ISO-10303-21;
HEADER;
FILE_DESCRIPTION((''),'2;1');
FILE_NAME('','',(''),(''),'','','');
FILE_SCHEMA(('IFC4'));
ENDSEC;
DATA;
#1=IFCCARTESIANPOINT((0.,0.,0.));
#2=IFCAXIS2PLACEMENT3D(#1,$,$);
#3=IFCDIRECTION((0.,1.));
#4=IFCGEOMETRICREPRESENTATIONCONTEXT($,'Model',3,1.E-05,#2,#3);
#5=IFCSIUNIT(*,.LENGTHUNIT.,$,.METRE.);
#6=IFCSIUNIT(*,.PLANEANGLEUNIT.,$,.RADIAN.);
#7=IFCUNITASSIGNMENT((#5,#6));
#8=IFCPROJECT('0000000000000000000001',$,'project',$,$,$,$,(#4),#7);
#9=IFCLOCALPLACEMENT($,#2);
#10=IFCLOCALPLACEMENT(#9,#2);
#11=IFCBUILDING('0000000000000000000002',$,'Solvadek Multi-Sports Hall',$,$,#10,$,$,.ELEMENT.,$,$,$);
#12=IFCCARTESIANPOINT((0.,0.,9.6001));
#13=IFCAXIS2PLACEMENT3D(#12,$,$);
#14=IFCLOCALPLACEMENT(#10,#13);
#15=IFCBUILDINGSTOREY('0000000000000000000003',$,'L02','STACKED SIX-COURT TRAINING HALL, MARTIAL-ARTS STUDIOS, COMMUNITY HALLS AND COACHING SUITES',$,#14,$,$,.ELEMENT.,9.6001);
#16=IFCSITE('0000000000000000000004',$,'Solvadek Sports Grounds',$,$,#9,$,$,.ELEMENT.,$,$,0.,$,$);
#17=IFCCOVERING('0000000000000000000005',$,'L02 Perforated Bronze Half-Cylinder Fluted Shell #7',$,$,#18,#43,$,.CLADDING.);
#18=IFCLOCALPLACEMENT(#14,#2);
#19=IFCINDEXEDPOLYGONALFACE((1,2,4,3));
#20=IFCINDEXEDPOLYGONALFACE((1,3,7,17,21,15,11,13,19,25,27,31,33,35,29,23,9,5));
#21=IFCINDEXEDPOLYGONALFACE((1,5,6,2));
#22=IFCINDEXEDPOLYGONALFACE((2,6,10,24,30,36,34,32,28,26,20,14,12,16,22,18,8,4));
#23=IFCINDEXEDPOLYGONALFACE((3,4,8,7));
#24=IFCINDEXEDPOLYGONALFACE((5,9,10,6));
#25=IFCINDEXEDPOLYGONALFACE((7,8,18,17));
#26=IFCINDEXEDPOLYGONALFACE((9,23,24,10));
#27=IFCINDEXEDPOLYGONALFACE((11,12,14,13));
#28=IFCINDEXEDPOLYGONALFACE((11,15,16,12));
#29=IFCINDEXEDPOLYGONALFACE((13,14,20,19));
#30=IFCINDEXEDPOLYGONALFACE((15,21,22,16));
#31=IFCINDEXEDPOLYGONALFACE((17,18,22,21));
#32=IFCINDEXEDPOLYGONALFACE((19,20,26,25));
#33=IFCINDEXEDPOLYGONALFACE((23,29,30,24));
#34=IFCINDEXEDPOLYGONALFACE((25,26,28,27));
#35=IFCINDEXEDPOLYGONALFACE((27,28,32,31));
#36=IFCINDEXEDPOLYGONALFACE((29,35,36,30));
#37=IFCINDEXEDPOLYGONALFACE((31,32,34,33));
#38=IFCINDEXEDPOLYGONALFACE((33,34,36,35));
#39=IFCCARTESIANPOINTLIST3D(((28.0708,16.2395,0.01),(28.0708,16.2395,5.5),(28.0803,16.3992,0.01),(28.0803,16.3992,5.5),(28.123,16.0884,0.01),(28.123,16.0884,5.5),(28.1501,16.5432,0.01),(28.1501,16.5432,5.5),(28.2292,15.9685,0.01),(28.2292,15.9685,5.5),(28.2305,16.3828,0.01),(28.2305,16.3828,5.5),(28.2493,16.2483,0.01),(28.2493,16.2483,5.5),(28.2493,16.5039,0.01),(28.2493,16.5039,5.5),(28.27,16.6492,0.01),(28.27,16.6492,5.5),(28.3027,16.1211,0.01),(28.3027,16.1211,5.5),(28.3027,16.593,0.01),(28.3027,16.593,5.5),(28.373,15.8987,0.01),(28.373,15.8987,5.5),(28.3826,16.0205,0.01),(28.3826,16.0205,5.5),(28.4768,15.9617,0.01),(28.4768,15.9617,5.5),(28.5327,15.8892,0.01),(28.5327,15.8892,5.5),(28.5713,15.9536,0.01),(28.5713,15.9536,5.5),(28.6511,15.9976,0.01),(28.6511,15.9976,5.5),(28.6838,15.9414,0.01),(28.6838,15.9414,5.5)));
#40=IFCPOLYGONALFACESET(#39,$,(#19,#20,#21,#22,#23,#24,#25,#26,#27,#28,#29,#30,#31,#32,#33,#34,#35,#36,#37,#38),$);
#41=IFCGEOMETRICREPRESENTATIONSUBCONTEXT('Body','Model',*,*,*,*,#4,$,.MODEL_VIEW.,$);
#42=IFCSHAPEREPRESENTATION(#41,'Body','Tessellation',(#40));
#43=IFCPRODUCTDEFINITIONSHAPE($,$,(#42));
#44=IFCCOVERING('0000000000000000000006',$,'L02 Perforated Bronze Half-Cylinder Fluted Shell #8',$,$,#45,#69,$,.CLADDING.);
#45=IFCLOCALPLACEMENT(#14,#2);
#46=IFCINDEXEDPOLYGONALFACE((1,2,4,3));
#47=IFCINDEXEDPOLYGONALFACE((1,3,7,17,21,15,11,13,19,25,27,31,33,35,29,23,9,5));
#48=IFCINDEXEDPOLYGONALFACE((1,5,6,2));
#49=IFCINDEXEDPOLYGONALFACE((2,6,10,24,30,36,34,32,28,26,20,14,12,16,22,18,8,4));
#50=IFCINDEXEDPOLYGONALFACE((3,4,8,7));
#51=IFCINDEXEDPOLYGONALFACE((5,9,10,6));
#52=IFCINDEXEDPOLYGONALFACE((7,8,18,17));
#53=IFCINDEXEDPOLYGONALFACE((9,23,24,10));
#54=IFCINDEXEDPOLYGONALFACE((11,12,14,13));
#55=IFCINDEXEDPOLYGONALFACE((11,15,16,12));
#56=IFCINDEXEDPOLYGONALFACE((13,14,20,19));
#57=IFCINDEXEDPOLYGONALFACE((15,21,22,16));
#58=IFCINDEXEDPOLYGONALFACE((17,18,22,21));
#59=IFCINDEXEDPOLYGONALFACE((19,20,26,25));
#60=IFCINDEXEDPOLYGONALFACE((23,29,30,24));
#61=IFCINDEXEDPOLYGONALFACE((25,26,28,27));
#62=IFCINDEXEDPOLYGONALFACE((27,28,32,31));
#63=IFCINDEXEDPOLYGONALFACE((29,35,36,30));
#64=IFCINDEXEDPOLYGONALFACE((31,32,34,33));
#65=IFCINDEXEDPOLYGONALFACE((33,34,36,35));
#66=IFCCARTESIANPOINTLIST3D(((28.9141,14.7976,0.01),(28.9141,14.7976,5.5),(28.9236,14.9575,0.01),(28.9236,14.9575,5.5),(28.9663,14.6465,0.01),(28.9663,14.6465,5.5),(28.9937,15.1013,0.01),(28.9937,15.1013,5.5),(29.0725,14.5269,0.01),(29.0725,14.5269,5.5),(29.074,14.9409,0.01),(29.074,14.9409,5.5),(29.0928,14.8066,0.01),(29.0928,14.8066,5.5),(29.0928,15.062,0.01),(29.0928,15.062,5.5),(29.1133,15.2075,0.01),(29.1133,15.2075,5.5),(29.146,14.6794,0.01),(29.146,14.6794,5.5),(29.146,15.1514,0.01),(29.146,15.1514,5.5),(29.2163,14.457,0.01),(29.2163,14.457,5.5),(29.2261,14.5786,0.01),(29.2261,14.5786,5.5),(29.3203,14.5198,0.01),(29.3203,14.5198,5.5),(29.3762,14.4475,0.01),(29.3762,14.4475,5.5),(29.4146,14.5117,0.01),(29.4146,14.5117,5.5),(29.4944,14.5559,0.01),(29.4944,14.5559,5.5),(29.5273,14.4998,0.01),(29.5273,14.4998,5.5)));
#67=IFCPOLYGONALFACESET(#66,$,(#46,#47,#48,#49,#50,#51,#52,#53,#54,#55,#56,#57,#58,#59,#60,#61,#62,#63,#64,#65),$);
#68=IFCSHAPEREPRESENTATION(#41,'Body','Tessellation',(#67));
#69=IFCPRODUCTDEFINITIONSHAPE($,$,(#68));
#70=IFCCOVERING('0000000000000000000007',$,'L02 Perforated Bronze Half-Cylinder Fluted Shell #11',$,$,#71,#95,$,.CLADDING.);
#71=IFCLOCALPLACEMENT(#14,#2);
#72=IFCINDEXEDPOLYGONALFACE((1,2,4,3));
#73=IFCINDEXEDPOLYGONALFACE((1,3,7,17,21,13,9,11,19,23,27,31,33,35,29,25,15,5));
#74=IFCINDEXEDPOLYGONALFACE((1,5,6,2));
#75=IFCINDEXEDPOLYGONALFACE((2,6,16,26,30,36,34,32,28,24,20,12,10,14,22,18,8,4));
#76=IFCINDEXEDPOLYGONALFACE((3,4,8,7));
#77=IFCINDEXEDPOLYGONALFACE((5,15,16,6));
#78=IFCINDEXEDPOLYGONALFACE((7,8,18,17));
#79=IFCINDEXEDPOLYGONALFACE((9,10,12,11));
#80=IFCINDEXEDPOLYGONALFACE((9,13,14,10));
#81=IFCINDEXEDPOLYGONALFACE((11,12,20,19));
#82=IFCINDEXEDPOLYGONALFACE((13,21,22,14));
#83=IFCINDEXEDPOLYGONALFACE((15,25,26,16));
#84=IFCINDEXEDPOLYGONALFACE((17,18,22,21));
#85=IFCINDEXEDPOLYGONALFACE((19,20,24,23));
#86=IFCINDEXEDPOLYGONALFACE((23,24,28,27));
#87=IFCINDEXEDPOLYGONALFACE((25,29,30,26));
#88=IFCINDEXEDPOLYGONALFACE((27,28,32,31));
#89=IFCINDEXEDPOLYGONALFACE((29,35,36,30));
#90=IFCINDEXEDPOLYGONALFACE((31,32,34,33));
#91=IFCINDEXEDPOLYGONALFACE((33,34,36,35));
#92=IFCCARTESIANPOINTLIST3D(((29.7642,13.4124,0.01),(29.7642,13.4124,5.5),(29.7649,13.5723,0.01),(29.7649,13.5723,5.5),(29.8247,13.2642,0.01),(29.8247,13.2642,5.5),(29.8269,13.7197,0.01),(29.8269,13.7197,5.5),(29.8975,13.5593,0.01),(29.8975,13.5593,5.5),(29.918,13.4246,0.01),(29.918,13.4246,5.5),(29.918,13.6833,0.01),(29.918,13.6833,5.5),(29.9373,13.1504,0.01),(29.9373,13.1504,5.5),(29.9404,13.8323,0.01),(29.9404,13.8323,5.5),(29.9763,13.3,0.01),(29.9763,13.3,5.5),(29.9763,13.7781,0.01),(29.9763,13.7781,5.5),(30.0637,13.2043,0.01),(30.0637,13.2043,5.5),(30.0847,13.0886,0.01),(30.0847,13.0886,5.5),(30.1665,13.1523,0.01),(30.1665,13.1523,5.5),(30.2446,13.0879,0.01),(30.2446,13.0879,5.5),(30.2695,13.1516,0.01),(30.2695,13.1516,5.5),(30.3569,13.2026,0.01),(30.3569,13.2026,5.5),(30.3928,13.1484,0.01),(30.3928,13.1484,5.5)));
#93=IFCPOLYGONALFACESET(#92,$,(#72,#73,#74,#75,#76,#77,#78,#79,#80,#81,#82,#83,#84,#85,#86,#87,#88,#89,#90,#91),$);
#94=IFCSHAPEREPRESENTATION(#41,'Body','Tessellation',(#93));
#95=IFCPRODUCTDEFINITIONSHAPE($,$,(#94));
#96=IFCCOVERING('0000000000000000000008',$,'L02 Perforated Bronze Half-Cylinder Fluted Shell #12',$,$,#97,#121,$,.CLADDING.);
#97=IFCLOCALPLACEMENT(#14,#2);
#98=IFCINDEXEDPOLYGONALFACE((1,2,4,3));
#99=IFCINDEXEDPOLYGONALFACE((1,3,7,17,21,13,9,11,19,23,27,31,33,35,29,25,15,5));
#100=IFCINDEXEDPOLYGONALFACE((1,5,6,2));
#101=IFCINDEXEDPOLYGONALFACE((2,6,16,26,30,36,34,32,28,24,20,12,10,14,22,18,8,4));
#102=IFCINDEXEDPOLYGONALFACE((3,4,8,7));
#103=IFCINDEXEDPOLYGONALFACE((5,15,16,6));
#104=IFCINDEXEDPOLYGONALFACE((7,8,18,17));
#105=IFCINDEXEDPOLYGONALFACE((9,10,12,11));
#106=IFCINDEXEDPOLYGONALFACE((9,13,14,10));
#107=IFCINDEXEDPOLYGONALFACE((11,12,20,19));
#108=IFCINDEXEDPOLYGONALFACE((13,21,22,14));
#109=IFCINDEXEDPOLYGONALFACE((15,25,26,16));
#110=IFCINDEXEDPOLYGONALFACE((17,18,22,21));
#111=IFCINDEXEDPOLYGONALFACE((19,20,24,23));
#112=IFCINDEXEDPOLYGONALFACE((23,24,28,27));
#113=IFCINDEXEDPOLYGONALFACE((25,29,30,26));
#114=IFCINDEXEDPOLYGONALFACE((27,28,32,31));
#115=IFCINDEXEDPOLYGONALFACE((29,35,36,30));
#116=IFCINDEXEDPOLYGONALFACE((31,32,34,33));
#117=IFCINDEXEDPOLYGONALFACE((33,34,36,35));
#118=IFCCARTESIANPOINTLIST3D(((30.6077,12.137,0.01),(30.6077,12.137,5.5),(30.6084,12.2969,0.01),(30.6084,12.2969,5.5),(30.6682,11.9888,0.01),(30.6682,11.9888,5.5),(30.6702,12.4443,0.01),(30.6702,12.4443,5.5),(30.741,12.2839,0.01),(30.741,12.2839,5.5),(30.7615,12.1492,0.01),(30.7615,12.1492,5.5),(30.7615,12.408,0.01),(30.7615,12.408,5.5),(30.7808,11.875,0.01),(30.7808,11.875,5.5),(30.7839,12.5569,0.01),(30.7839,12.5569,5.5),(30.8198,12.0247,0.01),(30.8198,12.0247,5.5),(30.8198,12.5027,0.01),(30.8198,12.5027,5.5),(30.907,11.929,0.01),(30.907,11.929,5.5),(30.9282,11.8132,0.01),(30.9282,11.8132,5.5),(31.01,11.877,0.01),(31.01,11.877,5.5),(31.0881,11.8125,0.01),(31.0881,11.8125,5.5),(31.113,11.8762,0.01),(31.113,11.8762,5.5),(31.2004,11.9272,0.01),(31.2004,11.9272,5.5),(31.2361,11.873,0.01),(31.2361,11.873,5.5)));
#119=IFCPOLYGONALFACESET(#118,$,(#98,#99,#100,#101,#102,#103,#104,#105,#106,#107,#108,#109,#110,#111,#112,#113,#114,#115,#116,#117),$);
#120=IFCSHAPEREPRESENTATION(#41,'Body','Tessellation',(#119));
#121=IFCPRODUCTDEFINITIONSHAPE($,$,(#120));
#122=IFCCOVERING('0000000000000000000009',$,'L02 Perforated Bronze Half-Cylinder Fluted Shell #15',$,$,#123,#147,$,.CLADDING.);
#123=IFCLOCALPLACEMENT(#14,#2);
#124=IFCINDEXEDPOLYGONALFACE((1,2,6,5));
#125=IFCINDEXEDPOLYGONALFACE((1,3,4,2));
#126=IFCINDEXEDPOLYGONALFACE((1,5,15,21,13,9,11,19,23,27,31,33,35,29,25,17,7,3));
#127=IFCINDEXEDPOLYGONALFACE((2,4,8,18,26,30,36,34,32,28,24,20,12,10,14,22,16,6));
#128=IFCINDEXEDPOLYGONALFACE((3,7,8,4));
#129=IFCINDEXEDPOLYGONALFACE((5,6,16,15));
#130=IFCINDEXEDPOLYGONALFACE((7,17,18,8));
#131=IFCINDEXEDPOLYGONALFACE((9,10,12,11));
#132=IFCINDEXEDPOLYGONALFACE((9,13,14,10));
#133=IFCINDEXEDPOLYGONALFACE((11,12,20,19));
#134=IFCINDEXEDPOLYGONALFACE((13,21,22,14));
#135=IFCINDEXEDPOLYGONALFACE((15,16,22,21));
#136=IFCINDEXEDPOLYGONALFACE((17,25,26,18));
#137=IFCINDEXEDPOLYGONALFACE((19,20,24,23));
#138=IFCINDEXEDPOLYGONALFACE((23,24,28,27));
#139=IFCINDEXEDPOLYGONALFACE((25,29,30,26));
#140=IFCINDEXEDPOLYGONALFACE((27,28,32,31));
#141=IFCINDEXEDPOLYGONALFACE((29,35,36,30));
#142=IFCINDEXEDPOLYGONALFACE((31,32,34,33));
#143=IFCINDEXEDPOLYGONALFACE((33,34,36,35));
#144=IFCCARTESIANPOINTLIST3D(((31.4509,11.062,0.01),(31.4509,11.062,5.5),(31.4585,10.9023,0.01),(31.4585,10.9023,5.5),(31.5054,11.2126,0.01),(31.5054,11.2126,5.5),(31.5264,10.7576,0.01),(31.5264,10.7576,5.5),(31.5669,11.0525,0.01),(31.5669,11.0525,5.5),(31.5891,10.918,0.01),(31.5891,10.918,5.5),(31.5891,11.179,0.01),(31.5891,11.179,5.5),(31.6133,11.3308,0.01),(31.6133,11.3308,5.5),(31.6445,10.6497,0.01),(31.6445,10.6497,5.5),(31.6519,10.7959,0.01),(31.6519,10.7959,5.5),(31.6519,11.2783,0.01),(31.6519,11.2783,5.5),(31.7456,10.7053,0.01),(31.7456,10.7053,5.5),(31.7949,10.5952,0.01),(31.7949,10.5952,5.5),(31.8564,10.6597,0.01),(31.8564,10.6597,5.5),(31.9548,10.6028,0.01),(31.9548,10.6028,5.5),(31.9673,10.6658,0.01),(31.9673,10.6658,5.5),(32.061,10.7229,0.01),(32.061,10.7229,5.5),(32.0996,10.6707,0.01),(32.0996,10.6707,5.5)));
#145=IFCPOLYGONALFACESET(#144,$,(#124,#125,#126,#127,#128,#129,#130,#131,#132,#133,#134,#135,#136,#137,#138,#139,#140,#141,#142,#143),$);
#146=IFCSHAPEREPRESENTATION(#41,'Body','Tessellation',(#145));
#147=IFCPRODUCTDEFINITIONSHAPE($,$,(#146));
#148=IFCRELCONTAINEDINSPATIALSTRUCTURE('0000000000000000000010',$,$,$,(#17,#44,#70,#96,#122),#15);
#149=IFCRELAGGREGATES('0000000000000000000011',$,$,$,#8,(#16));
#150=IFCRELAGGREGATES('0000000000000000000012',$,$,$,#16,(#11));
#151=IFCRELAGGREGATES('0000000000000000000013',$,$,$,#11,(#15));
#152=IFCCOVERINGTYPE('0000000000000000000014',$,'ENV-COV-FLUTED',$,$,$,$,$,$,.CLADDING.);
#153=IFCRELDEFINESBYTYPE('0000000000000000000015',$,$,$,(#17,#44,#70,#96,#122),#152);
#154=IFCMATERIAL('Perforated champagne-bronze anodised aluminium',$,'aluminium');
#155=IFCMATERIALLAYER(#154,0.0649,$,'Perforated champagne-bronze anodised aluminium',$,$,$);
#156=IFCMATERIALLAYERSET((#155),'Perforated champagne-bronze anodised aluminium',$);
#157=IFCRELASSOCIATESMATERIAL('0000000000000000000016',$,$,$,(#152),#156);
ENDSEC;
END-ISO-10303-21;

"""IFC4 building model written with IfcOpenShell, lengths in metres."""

from ifc_helpers import new_model, si_unit, direction, frame, origin, place, context, subcontext, project, spatial, polyline, outline, extrude, material, layer, layer_set, type_object, element, save


model = new_model("IFC4")

# Units and contexts
model_context = context("Model", 3, precision=1e-05, world=origin(), true_north=direction((0.0, 1.0)))
body_context = subcontext(model_context, "Body", "Model", "MODEL_VIEW")
ifc_project = project(units=[si_unit("LENGTHUNIT", "METRE"), si_unit("PLANEANGLEUNIT", "RADIAN")], contexts=[model_context])

# Site, building, storey
site_placement = place(None, origin())
site = spatial("IfcSite", under=ifc_project, at=site_placement, Name="Solvadek Sports Grounds", CompositionType="ELEMENT", RefElevation=0.0)
building_placement = place(site_placement, origin())
building = spatial("IfcBuilding", under=site, at=building_placement, Name="Solvadek Multi-Sports Hall", CompositionType="ELEMENT")
storey_placement = place(building_placement, frame((0.0, 0.0, 9.6001)))
storey = spatial("IfcBuildingStorey", under=building, at=storey_placement, Name="L02", Description="STACKED SIX-COURT TRAINING HALL, MARTIAL-ARTS STUDIOS, COMMUNITY HALLS AND COACHING SUITES", CompositionType="ELEMENT", Elevation=9.6001)

# Coverings
ifc_material_1 = material(Name="Perforated champagne-bronze anodised aluminium", Category="aluminium")
ifc_layer_1 = layer(ifc_material_1, 0.0649, Name="Perforated champagne-bronze anodised aluminium")
ifc_layer_set_1 = layer_set([ifc_layer_1], Name="Perforated champagne-bronze anodised aluminium")
covering_type = type_object("IfcCoveringType", Name="ENV-COV-FLUTED", PredefinedType="CLADDING", material=ifc_layer_set_1)
covering_1_placement = place(storey_placement, frame((0.0, 0.0, 0.01)))
element("IfcCovering", 1, at=covering_1_placement, inside=storey, type_object=covering_type, Name="L02 Perforated Bronze Half-Cylinder Fluted Shell #7", PredefinedType="CLADDING", context=body_context, shape_type="SweptSolid", body=[
    extrude(outline(polyline([(28.6838, 15.9414), (28.5327, 15.8892), (28.373, 15.8987), (28.2292, 15.9685), (28.123, 16.0884), (28.0708, 16.2395), (28.0803, 16.3992), (28.1501, 16.5432), (28.27, 16.6492), (28.3027, 16.593), (28.2493, 16.5039), (28.2305, 16.3828), (28.2493, 16.2483), (28.3027, 16.1211), (28.3826, 16.0205), (28.4768, 15.9617), (28.5713, 15.9536), (28.6511, 15.9976), (28.6838, 15.9414)])), origin(), (0.0, 0.0, 1.0), 5.49),
])
covering_2_placement = place(storey_placement, frame((0.0, 0.0, 0.01)))
element("IfcCovering", 2, at=covering_2_placement, inside=storey, type_object=covering_type, Name="L02 Perforated Bronze Half-Cylinder Fluted Shell #8", PredefinedType="CLADDING", context=body_context, shape_type="SweptSolid", body=[
    extrude(outline(polyline([(29.5273, 14.4998), (29.3762, 14.4475), (29.2163, 14.457), (29.0725, 14.5269), (28.9663, 14.6465), (28.9141, 14.7976), (28.9236, 14.9575), (28.9937, 15.1013), (29.1133, 15.2075), (29.146, 15.1514), (29.0928, 15.062), (29.074, 14.9409), (29.0928, 14.8066), (29.146, 14.6794), (29.2261, 14.5786), (29.3203, 14.5198), (29.4146, 14.5117), (29.4944, 14.5559), (29.5273, 14.4998)])), origin(), (0.0, 0.0, 1.0), 5.49),
])
covering_3_placement = place(storey_placement, frame((0.0, 0.0, 0.01)))
element("IfcCovering", 3, at=covering_3_placement, inside=storey, type_object=covering_type, Name="L02 Perforated Bronze Half-Cylinder Fluted Shell #11", PredefinedType="CLADDING", context=body_context, shape_type="SweptSolid", body=[
    extrude(outline(polyline([(30.3928, 13.1484), (30.2446, 13.0879), (30.0847, 13.0886), (29.9373, 13.1504), (29.8247, 13.2642), (29.7642, 13.4124), (29.7649, 13.5723), (29.8269, 13.7197), (29.9404, 13.8323), (29.9763, 13.7781), (29.918, 13.6833), (29.8975, 13.5593), (29.918, 13.4246), (29.9763, 13.3), (30.0637, 13.2043), (30.1665, 13.1523), (30.2695, 13.1516), (30.3569, 13.2026), (30.3928, 13.1484)])), origin(), (0.0, 0.0, 1.0), 5.49),
])
covering_4_placement = place(storey_placement, frame((0.0, 0.0, 0.01)))
element("IfcCovering", 4, at=covering_4_placement, inside=storey, type_object=covering_type, Name="L02 Perforated Bronze Half-Cylinder Fluted Shell #12", PredefinedType="CLADDING", context=body_context, shape_type="SweptSolid", body=[
    extrude(outline(polyline([(31.2361, 11.873), (31.0881, 11.8125), (30.9282, 11.8132), (30.7808, 11.875), (30.6682, 11.9888), (30.6077, 12.137), (30.6084, 12.2969), (30.6702, 12.4443), (30.7839, 12.5569), (30.8198, 12.5027), (30.7615, 12.408), (30.741, 12.2839), (30.7615, 12.1492), (30.8198, 12.0247), (30.907, 11.929), (31.01, 11.877), (31.113, 11.8762), (31.2004, 11.9272), (31.2361, 11.873)])), origin(), (0.0, 0.0, 1.0), 5.49),
])
covering_5_placement = place(storey_placement, frame((0.0, 0.0, 0.01)))
element("IfcCovering", 5, at=covering_5_placement, inside=storey, type_object=covering_type, Name="L02 Perforated Bronze Half-Cylinder Fluted Shell #15", PredefinedType="CLADDING", context=body_context, shape_type="SweptSolid", body=[
    extrude(outline(polyline([(32.0996, 10.6707), (31.9548, 10.6028), (31.7949, 10.5952), (31.6445, 10.6497), (31.5264, 10.7576), (31.4585, 10.9023), (31.4509, 11.062), (31.5054, 11.2126), (31.6133, 11.3308), (31.6519, 11.2783), (31.5891, 11.179), (31.5669, 11.0525), (31.5891, 10.918), (31.6519, 10.7959), (31.7456, 10.7053), (31.8564, 10.6597), (31.9673, 10.6658), (32.061, 10.7229), (32.0996, 10.6707)])), origin(), (0.0, 0.0, 1.0), 5.49),
])

save(model, "model.ifc")
